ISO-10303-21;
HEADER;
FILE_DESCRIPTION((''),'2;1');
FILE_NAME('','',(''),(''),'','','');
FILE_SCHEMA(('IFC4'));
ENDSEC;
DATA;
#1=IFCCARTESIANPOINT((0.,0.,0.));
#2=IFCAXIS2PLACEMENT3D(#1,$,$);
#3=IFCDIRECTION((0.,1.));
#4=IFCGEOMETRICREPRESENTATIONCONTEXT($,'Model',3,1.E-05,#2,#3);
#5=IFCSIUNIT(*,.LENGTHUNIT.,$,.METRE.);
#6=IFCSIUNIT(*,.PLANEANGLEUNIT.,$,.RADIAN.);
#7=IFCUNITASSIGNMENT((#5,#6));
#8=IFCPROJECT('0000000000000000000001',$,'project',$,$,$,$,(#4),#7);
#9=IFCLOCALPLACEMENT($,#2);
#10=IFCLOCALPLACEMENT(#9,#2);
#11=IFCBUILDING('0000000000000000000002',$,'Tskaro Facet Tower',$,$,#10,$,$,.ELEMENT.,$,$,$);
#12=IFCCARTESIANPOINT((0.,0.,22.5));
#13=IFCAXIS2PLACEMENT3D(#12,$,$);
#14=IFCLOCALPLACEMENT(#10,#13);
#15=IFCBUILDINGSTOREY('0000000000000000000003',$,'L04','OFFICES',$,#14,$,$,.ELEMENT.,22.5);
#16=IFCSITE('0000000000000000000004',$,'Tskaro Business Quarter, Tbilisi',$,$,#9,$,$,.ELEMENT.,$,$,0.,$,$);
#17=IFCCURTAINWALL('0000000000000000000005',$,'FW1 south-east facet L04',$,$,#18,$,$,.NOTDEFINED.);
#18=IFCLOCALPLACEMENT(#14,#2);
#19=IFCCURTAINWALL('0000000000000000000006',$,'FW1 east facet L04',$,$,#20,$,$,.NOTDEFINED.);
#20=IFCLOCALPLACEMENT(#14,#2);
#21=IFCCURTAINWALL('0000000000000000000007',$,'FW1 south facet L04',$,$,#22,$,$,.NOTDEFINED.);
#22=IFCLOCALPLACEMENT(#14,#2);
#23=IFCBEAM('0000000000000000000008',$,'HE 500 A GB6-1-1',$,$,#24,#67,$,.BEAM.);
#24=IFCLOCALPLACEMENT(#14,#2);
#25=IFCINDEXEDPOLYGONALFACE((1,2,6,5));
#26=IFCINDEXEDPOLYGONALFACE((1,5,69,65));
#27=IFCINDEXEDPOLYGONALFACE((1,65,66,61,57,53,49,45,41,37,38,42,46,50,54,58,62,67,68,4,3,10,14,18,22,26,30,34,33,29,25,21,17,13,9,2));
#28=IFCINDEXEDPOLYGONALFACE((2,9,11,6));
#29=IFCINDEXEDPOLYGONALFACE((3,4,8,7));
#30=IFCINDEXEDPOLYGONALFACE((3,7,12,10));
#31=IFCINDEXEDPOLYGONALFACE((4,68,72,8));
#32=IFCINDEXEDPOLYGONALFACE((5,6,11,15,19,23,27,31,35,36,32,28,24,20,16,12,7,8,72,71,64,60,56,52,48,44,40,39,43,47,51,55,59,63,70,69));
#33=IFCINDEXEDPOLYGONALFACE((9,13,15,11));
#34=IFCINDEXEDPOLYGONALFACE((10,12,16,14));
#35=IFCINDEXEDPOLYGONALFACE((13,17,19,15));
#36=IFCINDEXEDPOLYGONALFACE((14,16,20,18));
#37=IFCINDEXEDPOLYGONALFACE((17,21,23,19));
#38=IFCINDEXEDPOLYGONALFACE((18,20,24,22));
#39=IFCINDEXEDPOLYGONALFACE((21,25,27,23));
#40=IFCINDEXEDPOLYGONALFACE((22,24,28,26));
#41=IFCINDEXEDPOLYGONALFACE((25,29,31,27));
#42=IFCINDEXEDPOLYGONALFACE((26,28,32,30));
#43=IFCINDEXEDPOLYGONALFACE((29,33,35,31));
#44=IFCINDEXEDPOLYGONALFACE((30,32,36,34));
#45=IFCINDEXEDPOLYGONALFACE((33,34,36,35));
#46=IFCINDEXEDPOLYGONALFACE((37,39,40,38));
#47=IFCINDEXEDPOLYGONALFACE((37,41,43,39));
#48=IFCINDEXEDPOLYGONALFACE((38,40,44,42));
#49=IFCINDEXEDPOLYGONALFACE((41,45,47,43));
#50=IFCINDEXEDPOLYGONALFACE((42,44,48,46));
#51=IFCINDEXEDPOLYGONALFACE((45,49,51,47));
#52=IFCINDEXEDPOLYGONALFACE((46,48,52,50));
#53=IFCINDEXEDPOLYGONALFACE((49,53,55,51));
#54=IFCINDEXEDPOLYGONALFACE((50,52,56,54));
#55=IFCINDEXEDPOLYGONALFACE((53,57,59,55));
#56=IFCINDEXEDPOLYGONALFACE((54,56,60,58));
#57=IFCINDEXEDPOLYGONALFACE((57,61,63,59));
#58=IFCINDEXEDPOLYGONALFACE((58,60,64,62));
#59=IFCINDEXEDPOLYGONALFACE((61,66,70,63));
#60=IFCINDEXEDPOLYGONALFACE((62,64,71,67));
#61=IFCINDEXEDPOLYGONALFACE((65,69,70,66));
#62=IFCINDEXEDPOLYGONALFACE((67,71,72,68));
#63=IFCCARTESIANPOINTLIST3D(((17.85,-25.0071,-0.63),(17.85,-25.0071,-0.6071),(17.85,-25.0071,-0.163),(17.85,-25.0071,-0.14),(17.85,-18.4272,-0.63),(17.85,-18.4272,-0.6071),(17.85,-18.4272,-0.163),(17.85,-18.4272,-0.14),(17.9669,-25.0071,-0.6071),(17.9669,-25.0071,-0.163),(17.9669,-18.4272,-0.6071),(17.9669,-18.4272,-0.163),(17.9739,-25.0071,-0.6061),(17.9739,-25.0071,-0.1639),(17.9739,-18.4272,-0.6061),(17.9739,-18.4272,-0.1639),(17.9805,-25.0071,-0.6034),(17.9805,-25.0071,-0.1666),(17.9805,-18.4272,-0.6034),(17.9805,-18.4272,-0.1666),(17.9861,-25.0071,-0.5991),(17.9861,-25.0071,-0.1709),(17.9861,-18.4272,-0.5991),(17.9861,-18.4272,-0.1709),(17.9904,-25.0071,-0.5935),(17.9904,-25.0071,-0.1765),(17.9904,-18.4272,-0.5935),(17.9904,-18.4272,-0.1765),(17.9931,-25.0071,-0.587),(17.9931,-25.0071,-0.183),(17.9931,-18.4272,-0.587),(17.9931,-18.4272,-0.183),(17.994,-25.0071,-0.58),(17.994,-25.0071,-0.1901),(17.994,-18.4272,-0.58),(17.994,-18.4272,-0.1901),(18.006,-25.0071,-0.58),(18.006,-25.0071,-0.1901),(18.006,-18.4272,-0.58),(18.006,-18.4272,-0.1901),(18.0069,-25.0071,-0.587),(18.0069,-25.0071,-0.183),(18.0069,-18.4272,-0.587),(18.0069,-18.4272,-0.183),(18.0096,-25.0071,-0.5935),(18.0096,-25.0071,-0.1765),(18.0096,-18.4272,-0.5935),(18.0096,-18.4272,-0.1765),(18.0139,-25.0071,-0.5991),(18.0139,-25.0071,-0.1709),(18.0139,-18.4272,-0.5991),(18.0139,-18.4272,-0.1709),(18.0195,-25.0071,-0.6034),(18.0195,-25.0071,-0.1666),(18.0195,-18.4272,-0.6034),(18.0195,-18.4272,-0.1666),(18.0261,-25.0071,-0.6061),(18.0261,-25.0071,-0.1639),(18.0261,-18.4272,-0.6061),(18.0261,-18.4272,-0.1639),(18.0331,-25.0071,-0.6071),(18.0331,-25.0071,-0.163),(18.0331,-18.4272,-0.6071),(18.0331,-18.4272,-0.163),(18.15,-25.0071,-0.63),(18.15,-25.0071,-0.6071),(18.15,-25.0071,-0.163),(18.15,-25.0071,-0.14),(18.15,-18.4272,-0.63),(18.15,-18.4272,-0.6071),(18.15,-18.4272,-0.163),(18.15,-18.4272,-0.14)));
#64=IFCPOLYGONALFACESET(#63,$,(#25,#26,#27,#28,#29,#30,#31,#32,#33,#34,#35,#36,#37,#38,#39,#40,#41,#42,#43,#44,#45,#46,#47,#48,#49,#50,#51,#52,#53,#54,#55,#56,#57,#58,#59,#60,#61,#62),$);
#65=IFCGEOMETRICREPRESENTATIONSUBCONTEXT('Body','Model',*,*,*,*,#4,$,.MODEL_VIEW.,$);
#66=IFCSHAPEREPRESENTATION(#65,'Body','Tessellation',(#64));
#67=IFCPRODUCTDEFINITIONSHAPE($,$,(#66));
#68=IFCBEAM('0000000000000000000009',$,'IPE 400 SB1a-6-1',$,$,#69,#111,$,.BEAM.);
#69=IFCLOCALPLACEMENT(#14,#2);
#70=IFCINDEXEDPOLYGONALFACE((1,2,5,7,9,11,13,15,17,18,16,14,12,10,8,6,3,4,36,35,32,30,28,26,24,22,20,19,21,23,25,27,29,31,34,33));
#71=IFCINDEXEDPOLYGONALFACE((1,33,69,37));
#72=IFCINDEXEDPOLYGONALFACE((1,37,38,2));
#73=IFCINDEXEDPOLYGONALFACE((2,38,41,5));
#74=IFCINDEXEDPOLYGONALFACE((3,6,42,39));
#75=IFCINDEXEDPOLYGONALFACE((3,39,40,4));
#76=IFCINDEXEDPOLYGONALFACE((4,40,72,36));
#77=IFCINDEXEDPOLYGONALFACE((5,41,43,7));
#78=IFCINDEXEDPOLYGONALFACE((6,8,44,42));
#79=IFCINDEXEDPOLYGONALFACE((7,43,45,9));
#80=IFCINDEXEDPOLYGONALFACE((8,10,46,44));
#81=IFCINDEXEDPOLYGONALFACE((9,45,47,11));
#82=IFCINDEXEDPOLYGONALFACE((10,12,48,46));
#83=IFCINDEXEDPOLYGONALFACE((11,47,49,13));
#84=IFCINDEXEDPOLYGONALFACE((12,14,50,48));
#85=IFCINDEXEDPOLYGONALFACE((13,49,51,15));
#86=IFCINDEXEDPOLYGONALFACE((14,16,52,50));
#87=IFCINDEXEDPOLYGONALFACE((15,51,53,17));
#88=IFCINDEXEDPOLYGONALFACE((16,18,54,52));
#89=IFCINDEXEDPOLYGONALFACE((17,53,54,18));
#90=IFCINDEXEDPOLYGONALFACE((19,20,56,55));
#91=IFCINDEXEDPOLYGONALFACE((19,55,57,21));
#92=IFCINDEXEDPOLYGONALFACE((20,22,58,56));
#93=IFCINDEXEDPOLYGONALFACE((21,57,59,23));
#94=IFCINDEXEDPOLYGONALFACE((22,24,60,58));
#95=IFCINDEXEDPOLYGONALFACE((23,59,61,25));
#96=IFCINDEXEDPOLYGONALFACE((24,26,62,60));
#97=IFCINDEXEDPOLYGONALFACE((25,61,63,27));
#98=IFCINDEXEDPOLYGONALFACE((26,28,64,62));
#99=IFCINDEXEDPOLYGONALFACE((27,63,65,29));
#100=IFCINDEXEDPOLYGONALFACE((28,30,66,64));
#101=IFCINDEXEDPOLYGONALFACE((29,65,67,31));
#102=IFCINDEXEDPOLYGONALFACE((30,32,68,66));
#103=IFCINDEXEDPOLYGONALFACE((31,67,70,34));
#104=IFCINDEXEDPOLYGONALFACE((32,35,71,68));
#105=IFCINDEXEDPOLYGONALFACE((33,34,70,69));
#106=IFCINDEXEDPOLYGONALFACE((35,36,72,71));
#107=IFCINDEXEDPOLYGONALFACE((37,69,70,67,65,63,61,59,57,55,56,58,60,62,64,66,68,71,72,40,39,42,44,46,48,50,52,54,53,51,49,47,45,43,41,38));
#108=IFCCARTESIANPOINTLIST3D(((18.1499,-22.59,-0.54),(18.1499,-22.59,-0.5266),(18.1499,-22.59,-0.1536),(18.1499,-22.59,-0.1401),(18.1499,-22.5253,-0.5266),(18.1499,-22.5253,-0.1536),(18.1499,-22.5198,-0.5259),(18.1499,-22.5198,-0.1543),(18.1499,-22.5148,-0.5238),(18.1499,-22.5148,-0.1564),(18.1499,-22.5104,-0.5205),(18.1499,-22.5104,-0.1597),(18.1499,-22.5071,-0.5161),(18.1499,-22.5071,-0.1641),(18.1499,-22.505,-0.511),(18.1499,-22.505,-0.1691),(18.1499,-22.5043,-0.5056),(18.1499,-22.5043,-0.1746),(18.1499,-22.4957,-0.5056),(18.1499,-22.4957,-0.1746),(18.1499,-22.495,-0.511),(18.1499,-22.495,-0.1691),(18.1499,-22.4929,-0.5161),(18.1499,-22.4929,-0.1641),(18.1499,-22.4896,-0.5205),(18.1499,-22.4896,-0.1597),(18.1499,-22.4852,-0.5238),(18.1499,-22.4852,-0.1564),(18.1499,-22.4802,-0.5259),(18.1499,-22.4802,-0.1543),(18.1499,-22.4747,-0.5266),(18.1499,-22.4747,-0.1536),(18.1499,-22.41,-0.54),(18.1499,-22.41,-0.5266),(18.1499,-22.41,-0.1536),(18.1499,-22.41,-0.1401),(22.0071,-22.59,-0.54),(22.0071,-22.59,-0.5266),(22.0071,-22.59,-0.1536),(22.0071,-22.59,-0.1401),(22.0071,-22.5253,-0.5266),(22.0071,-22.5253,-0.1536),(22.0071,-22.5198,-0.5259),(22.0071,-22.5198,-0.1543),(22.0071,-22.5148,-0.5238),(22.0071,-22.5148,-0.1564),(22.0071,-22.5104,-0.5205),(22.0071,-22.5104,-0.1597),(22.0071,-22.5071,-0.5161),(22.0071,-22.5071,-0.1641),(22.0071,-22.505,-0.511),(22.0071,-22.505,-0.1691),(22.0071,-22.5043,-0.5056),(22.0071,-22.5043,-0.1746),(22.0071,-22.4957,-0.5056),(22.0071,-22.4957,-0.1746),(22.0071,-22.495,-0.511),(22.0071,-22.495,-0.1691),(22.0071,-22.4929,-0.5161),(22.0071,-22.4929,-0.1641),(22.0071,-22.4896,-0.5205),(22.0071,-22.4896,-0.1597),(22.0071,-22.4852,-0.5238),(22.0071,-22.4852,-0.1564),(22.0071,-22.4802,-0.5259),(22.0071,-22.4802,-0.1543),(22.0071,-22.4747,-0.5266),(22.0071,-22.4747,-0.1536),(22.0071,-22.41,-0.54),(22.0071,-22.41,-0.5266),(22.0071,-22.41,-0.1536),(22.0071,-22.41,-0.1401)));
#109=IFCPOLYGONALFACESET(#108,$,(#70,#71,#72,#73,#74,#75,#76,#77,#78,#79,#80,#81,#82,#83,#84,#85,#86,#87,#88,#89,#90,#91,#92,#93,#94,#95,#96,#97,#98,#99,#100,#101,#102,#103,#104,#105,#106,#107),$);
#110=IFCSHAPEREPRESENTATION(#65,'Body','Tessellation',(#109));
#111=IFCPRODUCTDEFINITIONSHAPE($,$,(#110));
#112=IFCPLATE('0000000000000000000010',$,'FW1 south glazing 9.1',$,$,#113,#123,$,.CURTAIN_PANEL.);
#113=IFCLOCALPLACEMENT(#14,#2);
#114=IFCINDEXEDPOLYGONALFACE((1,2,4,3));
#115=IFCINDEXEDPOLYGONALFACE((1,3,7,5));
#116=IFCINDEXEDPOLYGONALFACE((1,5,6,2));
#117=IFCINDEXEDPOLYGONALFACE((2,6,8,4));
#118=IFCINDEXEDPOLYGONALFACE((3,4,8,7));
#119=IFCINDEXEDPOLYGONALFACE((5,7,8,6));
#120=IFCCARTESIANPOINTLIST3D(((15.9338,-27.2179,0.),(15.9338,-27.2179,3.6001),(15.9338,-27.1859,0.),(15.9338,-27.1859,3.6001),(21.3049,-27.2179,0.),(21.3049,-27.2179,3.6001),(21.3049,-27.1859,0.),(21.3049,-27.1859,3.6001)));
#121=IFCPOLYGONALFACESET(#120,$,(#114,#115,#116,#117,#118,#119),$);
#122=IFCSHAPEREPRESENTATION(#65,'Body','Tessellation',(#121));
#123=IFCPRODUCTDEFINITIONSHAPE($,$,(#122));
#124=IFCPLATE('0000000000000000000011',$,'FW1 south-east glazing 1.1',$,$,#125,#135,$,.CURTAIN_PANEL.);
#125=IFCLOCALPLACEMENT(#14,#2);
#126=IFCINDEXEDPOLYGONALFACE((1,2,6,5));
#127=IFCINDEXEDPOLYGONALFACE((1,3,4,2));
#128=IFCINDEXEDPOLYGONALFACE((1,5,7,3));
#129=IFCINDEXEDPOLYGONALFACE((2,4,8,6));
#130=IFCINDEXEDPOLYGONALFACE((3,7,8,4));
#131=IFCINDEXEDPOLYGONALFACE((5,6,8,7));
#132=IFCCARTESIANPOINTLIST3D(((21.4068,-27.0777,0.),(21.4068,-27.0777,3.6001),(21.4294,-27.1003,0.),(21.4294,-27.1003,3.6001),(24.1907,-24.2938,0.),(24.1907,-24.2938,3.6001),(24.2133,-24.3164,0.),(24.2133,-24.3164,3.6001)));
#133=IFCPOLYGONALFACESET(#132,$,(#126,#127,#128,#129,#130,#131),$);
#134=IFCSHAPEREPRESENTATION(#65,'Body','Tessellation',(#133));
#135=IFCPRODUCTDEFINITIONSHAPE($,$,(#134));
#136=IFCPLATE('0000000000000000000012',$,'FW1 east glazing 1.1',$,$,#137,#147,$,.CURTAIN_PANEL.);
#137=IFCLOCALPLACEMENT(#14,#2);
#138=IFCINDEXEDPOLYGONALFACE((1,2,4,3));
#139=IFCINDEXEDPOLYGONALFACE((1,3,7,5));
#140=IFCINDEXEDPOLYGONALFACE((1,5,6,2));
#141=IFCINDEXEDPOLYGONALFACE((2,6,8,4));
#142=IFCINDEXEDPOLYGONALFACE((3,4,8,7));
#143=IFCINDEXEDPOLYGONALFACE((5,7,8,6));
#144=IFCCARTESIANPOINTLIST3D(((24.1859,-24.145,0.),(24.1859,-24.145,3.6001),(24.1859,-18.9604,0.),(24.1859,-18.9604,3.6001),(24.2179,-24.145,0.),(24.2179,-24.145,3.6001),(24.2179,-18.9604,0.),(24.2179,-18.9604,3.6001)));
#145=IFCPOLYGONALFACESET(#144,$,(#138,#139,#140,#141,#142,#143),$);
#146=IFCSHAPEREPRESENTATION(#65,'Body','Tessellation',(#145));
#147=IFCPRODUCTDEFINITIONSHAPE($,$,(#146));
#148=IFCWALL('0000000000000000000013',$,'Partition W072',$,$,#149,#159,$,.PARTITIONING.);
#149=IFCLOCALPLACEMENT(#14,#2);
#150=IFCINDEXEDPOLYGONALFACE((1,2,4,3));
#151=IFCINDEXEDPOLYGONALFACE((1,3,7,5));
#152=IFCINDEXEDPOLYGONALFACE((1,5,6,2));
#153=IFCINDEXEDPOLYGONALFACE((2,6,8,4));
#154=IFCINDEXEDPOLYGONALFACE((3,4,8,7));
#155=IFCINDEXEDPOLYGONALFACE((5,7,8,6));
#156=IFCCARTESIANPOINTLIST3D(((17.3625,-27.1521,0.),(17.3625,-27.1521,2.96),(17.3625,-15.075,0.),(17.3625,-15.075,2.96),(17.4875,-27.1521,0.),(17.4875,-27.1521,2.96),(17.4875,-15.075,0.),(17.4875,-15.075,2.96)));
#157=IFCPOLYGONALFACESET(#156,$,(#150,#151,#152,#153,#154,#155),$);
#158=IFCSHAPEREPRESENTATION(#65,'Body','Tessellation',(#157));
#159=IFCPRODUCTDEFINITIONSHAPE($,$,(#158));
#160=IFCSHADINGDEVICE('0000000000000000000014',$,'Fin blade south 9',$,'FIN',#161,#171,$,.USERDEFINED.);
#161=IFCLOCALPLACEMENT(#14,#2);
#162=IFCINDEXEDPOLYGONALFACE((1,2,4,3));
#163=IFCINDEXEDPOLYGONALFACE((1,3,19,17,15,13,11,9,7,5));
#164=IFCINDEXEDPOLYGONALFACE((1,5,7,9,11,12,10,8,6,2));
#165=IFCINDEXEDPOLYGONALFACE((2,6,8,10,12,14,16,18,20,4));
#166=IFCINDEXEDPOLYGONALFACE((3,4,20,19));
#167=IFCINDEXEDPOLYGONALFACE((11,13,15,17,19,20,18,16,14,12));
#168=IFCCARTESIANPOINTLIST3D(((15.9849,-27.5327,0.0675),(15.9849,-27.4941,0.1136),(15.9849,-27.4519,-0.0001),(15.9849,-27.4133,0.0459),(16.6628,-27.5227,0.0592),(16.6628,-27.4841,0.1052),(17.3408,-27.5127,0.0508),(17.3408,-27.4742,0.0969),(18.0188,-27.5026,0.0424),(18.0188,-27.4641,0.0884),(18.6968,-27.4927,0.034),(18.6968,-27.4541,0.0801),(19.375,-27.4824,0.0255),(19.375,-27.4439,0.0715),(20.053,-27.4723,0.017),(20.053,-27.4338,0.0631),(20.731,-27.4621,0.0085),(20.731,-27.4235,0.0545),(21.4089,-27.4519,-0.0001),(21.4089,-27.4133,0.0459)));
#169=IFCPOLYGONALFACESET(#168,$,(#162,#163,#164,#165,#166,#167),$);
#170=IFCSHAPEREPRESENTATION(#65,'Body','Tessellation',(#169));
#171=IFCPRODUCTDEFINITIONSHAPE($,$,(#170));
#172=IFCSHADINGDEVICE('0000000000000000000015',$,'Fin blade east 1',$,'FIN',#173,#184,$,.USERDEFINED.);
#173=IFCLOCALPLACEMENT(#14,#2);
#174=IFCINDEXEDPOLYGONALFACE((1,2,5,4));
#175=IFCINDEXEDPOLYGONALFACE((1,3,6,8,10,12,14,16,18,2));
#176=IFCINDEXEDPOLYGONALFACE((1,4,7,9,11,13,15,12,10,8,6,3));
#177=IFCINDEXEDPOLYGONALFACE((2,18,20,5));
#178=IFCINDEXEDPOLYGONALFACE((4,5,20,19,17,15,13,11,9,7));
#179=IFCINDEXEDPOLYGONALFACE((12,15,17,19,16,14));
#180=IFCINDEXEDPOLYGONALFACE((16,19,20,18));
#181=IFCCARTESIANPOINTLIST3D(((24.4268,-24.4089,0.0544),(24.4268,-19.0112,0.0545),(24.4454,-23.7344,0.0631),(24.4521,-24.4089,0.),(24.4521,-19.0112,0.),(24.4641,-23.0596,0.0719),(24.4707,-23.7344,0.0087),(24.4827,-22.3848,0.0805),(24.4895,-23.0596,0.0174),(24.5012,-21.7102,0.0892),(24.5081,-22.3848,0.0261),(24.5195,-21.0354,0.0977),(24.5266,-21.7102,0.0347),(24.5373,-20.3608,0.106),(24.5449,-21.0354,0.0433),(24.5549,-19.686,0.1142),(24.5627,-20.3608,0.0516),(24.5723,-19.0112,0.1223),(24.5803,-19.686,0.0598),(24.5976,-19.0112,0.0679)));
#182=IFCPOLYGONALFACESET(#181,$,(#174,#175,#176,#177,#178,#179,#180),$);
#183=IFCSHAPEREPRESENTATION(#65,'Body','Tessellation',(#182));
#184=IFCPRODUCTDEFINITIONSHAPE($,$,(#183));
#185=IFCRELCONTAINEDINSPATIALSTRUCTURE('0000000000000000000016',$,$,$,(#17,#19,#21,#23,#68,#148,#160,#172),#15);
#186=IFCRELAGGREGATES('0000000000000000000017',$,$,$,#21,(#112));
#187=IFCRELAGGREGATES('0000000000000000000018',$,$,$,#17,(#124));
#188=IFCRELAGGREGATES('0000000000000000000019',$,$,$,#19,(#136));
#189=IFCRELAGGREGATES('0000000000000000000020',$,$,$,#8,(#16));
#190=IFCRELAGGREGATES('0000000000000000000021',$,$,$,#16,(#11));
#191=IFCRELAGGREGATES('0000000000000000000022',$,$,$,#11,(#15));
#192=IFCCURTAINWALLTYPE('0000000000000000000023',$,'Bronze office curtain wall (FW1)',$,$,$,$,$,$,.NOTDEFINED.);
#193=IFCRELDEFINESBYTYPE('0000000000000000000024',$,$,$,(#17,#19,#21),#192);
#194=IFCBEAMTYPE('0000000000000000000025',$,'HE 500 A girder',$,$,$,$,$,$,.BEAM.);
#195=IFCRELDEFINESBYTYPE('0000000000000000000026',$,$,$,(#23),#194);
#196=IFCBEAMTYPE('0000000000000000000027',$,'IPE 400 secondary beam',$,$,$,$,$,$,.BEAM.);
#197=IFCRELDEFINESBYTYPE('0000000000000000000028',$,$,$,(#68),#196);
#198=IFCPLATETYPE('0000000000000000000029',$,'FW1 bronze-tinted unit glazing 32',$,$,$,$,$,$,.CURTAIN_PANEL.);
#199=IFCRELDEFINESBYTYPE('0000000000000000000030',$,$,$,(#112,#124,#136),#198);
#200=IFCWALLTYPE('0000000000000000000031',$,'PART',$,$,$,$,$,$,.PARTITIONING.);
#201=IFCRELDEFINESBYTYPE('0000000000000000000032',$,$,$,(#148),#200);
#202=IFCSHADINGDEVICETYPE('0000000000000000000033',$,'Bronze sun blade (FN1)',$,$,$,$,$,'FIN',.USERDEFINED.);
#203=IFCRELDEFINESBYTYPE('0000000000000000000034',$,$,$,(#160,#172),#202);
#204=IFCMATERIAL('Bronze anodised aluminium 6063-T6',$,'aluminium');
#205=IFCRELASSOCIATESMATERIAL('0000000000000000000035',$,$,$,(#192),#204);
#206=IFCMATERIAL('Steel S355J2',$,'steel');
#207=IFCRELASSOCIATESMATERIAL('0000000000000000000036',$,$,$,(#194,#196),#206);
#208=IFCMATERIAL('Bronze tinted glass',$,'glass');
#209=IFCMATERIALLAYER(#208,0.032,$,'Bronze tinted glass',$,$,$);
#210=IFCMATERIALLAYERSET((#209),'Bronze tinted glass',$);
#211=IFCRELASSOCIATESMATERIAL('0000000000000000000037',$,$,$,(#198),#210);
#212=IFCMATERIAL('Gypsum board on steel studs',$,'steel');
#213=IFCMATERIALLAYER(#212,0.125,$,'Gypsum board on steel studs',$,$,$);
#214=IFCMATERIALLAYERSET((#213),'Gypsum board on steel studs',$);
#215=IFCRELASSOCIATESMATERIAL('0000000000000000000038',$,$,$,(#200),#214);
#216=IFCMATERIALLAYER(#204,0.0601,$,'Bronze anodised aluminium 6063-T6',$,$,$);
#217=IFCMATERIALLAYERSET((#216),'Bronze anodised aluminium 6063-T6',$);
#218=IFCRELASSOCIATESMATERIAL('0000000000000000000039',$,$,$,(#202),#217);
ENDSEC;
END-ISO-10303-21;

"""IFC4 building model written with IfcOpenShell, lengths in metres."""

from ifc_helpers import new_model, si_unit, direction, frame, frame_2d, origin, origin_2d, place, context, subcontext, project, spatial, polyline, rectangle, i_section, outline, extrude, material, layer, layer_set, material_profile, profile_set, type_object, element, aggregate, save


model = new_model("IFC4")

# Units and contexts
model_context = context("Model", 3, precision=1e-05, world=origin(), true_north=direction((0.0, 1.0)))
body_context = subcontext(model_context, "Body", "Model", "MODEL_VIEW")
ifc_project = project(units=[si_unit("LENGTHUNIT", "METRE"), si_unit("PLANEANGLEUNIT", "RADIAN")], contexts=[model_context])

# Site, building, storey
site_placement = place(None, origin())
site = spatial("IfcSite", under=ifc_project, at=site_placement, Name="Tskaro Business Quarter, Tbilisi", CompositionType="ELEMENT", RefElevation=0.0)
building_placement = place(site_placement, origin())
building = spatial("IfcBuilding", under=site, at=building_placement, Name="Tskaro Facet Tower", CompositionType="ELEMENT")
storey_placement = place(building_placement, frame((0.0, 0.0, 22.5)))
storey = spatial("IfcBuildingStorey", under=building, at=storey_placement, Name="L04", Description="OFFICES", CompositionType="ELEMENT", Elevation=22.5)

# Curtain wall
ifc_material_1 = material(Name="Bronze anodised aluminium 6063-T6", Category="aluminium")
curtain_wall_type = type_object("IfcCurtainWallType", Name="Bronze office curtain wall (FW1)", PredefinedType="NOTDEFINED", material=ifc_material_1)
curtain_wall_1_placement = place(storey_placement, origin())
curtain_wall_1 = element("IfcCurtainWall", 1, at=curtain_wall_1_placement, inside=storey, type_object=curtain_wall_type, Name="FW1 south-east facet L04", PredefinedType="NOTDEFINED")

# Curtain wall
curtain_wall_2_placement = place(storey_placement, origin())
curtain_wall_2 = element("IfcCurtainWall", 2, at=curtain_wall_2_placement, inside=storey, type_object=curtain_wall_type, Name="FW1 east facet L04", PredefinedType="NOTDEFINED")

# Curtain wall
curtain_wall_3_placement = place(storey_placement, origin())
curtain_wall_3 = element("IfcCurtainWall", 3, at=curtain_wall_3_placement, inside=storey, type_object=curtain_wall_type, Name="FW1 south facet L04", PredefinedType="NOTDEFINED")

# Beams
ifc_material_2 = material(Name="Steel S355J2", Category="steel")
ifc_material_profile_1 = material_profile(ifc_material_2, i_section(OverallWidth=0.3, OverallDepth=0.49, WebThickness=0.012, FlangeThickness=0.0229, FilletRadius=0.0271, at=origin_2d()), Name="HE 500 A")
ifc_profile_set_1 = profile_set([ifc_material_profile_1], Name="Steel S355J2")
beam_type_1 = type_object("IfcBeamType", Name="HE 500 A girder", PredefinedType="BEAM", material=ifc_profile_set_1)
beam_1_placement = place(storey_placement, frame((18.0, -25.0071, -0.385), z_axis=(0.0, 1.0, 0.0), x_axis=(-1.0, 0.0, 0.0)))
element("IfcBeam", 4, at=beam_1_placement, inside=storey, type_object=beam_type_1, Name="HE 500 A GB6-1-1", PredefinedType="BEAM", context=body_context, shape_type="SweptSolid", body=[
    extrude(i_section(OverallWidth=0.3, OverallDepth=0.49, WebThickness=0.012, FlangeThickness=0.0229, FilletRadius=0.0271, at=origin_2d()), origin(), (0.0, 0.0, 1.0), 6.5798),
])
ifc_material_profile_2 = material_profile(ifc_material_2, i_section(OverallWidth=0.1799, OverallDepth=0.3999, WebThickness=0.0085, FlangeThickness=0.0134, FilletRadius=0.021, at=origin_2d()), Name="IPE 400")
ifc_profile_set_2 = profile_set([ifc_material_profile_2], Name="Steel S355J2")
beam_type_2 = type_object("IfcBeamType", Name="IPE 400 secondary beam", PredefinedType="BEAM", material=ifc_profile_set_2)
beam_2_placement = place(storey_placement, frame((18.1499, -22.5, -0.3401), z_axis=(1.0, 0.0, 0.0), x_axis=(0.0, 1.0, 0.0)))
element("IfcBeam", 5, at=beam_2_placement, inside=storey, type_object=beam_type_2, Name="IPE 400 SB1a-6-1", PredefinedType="BEAM", context=body_context, shape_type="SweptSolid", body=[
    extrude(i_section(OverallWidth=0.1799, OverallDepth=0.3999, WebThickness=0.0085, FlangeThickness=0.0134, FilletRadius=0.021, at=origin_2d()), origin(), (0.0, 0.0, 1.0), 3.8572),
])

# Plates
ifc_material_3 = material(Name="Bronze tinted glass", Category="glass")
ifc_layer_1 = layer(ifc_material_3, 0.032, Name="Bronze tinted glass")
ifc_layer_set_1 = layer_set([ifc_layer_1], Name="Bronze tinted glass")
plate_type = type_object("IfcPlateType", Name="FW1 bronze-tinted unit glazing 32", PredefinedType="CURTAIN_PANEL", material=ifc_layer_set_1)
plate_1_placement = place(storey_placement, frame((18.6194, -27.2019, 0.0), z_axis=(0.0, 0.0, 1.0), x_axis=(1.0, 0.0, 0.0)))
plate_1 = element("IfcPlate", 6, at=plate_1_placement, type_object=plate_type, Name="FW1 south glazing 9.1", PredefinedType="CURTAIN_PANEL", context=body_context, shape_type="SweptSolid", body=[
    extrude(rectangle(XDim=5.3711, YDim=0.032, at=origin_2d()), origin(), (0.0, 0.0, 1.0), 3.6001),
])
aggregate(curtain_wall_3, [plate_1])
plate_2_placement = place(storey_placement, frame((22.8101, -25.697, 0.0), z_axis=(0.0, 0.0, 1.0), x_axis=(0.707107, 0.707107, 0.0)))
plate_2 = element("IfcPlate", 7, at=plate_2_placement, type_object=plate_type, Name="FW1 south-east glazing 1.1", PredefinedType="CURTAIN_PANEL", context=body_context, shape_type="SweptSolid", body=[
    extrude(rectangle(XDim=3.937, YDim=0.032, at=origin_2d()), origin(), (0.0, 0.0, 1.0), 3.6001),
])
aggregate(curtain_wall_1, [plate_2])
plate_3_placement = place(storey_placement, frame((24.2019, -21.5527, 0.0), z_axis=(0.0, 0.0, 1.0), x_axis=(0.0, 1.0, 0.0)))
plate_3 = element("IfcPlate", 8, at=plate_3_placement, type_object=plate_type, Name="FW1 east glazing 1.1", PredefinedType="CURTAIN_PANEL", context=body_context, shape_type="SweptSolid", body=[
    extrude(rectangle(XDim=5.1846, YDim=0.032, at=origin_2d()), origin(), (0.0, 0.0, 1.0), 3.6001),
])
aggregate(curtain_wall_2, [plate_3])

# Wall
ifc_material_4 = material(Name="Gypsum board on steel studs", Category="steel")
ifc_layer_2 = layer(ifc_material_4, 0.125, Name="Gypsum board on steel studs")
ifc_layer_set_2 = layer_set([ifc_layer_2], Name="Gypsum board on steel studs")
wall_type = type_object("IfcWallType", Name="PART", PredefinedType="PARTITIONING", material=ifc_layer_set_2)
wall_placement = place(storey_placement, frame((17.425, -27.1521, 0.0), z_axis=(0.0, 0.0, 1.0), x_axis=(0.0, 1.0, 0.0)))
element("IfcWall", 9, at=wall_placement, inside=storey, type_object=wall_type, Name="Partition W072", PredefinedType="PARTITIONING", context=body_context, shape_type="SweptSolid", body=[
    extrude(rectangle(XDim=12.0771, YDim=0.125, at=frame_2d((6.0386, 0.0))), origin(), (0.0, 0.0, 1.0), 2.96),
])

# Shading devices
ifc_layer_3 = layer(ifc_material_1, 0.0601, Name="Bronze anodised aluminium 6063-T6")
ifc_layer_set_3 = layer_set([ifc_layer_3], Name="Bronze anodised aluminium 6063-T6")
shading_device_type = type_object("IfcShadingDeviceType", Name="Bronze sun blade (FN1)", ElementType="FIN", PredefinedType="USERDEFINED", material=ifc_layer_set_3)
shading_device_1_placement = place(storey_placement, frame((15.9849, -27.4133, 0.0459), z_axis=(-0.000009, 0.642138, 0.766589), x_axis=(1.0, 0.000006, 0.000007)))
element("IfcShadingDevice", 10, at=shading_device_1_placement, inside=storey, type_object=shading_device_type, Name="Fin blade south 9", ObjectType="FIN", PredefinedType="USERDEFINED", context=body_context, shape_type="SweptSolid", body=[
    extrude(outline(polyline([(0.0, 0.0), (5.4241, 0.0), (4.7461, -0.0133), (4.0681, -0.0267), (3.3901, -0.0399), (2.7119, -0.0532), (2.0339, -0.0662), (1.356, -0.0794), (0.678, -0.0924), (0.0, -0.1054), (0.0, 0.0)])), origin(), (0.0, 0.0, -1.0), 0.0601),
])
shading_device_2_placement = place(storey_placement, frame((24.4268, -24.4089, 0.0544), z_axis=(-0.422619, -0.000003, 0.906308), x_axis=(-0.000001, 1.0, 0.000003)))
element("IfcShadingDevice", 11, at=shading_device_2_placement, inside=storey, type_object=shading_device_type, Name="Fin blade east 1", ObjectType="FIN", PredefinedType="USERDEFINED", context=body_context, shape_type="SweptSolid", body=[
    extrude(outline(polyline([(0.0, 0.0), (5.3977, 0.0), (5.3977, -0.1606), (4.7229, -0.1414), (4.0481, -0.122), (3.3735, -0.1023), (2.6987, -0.0821), (2.0242, -0.0617), (1.3494, -0.0412), (0.6746, -0.0205), (0.0, 0.0)])), origin(), (0.0, 0.0, -1.0), 0.0601),
])

save(model, "model.ifc")
